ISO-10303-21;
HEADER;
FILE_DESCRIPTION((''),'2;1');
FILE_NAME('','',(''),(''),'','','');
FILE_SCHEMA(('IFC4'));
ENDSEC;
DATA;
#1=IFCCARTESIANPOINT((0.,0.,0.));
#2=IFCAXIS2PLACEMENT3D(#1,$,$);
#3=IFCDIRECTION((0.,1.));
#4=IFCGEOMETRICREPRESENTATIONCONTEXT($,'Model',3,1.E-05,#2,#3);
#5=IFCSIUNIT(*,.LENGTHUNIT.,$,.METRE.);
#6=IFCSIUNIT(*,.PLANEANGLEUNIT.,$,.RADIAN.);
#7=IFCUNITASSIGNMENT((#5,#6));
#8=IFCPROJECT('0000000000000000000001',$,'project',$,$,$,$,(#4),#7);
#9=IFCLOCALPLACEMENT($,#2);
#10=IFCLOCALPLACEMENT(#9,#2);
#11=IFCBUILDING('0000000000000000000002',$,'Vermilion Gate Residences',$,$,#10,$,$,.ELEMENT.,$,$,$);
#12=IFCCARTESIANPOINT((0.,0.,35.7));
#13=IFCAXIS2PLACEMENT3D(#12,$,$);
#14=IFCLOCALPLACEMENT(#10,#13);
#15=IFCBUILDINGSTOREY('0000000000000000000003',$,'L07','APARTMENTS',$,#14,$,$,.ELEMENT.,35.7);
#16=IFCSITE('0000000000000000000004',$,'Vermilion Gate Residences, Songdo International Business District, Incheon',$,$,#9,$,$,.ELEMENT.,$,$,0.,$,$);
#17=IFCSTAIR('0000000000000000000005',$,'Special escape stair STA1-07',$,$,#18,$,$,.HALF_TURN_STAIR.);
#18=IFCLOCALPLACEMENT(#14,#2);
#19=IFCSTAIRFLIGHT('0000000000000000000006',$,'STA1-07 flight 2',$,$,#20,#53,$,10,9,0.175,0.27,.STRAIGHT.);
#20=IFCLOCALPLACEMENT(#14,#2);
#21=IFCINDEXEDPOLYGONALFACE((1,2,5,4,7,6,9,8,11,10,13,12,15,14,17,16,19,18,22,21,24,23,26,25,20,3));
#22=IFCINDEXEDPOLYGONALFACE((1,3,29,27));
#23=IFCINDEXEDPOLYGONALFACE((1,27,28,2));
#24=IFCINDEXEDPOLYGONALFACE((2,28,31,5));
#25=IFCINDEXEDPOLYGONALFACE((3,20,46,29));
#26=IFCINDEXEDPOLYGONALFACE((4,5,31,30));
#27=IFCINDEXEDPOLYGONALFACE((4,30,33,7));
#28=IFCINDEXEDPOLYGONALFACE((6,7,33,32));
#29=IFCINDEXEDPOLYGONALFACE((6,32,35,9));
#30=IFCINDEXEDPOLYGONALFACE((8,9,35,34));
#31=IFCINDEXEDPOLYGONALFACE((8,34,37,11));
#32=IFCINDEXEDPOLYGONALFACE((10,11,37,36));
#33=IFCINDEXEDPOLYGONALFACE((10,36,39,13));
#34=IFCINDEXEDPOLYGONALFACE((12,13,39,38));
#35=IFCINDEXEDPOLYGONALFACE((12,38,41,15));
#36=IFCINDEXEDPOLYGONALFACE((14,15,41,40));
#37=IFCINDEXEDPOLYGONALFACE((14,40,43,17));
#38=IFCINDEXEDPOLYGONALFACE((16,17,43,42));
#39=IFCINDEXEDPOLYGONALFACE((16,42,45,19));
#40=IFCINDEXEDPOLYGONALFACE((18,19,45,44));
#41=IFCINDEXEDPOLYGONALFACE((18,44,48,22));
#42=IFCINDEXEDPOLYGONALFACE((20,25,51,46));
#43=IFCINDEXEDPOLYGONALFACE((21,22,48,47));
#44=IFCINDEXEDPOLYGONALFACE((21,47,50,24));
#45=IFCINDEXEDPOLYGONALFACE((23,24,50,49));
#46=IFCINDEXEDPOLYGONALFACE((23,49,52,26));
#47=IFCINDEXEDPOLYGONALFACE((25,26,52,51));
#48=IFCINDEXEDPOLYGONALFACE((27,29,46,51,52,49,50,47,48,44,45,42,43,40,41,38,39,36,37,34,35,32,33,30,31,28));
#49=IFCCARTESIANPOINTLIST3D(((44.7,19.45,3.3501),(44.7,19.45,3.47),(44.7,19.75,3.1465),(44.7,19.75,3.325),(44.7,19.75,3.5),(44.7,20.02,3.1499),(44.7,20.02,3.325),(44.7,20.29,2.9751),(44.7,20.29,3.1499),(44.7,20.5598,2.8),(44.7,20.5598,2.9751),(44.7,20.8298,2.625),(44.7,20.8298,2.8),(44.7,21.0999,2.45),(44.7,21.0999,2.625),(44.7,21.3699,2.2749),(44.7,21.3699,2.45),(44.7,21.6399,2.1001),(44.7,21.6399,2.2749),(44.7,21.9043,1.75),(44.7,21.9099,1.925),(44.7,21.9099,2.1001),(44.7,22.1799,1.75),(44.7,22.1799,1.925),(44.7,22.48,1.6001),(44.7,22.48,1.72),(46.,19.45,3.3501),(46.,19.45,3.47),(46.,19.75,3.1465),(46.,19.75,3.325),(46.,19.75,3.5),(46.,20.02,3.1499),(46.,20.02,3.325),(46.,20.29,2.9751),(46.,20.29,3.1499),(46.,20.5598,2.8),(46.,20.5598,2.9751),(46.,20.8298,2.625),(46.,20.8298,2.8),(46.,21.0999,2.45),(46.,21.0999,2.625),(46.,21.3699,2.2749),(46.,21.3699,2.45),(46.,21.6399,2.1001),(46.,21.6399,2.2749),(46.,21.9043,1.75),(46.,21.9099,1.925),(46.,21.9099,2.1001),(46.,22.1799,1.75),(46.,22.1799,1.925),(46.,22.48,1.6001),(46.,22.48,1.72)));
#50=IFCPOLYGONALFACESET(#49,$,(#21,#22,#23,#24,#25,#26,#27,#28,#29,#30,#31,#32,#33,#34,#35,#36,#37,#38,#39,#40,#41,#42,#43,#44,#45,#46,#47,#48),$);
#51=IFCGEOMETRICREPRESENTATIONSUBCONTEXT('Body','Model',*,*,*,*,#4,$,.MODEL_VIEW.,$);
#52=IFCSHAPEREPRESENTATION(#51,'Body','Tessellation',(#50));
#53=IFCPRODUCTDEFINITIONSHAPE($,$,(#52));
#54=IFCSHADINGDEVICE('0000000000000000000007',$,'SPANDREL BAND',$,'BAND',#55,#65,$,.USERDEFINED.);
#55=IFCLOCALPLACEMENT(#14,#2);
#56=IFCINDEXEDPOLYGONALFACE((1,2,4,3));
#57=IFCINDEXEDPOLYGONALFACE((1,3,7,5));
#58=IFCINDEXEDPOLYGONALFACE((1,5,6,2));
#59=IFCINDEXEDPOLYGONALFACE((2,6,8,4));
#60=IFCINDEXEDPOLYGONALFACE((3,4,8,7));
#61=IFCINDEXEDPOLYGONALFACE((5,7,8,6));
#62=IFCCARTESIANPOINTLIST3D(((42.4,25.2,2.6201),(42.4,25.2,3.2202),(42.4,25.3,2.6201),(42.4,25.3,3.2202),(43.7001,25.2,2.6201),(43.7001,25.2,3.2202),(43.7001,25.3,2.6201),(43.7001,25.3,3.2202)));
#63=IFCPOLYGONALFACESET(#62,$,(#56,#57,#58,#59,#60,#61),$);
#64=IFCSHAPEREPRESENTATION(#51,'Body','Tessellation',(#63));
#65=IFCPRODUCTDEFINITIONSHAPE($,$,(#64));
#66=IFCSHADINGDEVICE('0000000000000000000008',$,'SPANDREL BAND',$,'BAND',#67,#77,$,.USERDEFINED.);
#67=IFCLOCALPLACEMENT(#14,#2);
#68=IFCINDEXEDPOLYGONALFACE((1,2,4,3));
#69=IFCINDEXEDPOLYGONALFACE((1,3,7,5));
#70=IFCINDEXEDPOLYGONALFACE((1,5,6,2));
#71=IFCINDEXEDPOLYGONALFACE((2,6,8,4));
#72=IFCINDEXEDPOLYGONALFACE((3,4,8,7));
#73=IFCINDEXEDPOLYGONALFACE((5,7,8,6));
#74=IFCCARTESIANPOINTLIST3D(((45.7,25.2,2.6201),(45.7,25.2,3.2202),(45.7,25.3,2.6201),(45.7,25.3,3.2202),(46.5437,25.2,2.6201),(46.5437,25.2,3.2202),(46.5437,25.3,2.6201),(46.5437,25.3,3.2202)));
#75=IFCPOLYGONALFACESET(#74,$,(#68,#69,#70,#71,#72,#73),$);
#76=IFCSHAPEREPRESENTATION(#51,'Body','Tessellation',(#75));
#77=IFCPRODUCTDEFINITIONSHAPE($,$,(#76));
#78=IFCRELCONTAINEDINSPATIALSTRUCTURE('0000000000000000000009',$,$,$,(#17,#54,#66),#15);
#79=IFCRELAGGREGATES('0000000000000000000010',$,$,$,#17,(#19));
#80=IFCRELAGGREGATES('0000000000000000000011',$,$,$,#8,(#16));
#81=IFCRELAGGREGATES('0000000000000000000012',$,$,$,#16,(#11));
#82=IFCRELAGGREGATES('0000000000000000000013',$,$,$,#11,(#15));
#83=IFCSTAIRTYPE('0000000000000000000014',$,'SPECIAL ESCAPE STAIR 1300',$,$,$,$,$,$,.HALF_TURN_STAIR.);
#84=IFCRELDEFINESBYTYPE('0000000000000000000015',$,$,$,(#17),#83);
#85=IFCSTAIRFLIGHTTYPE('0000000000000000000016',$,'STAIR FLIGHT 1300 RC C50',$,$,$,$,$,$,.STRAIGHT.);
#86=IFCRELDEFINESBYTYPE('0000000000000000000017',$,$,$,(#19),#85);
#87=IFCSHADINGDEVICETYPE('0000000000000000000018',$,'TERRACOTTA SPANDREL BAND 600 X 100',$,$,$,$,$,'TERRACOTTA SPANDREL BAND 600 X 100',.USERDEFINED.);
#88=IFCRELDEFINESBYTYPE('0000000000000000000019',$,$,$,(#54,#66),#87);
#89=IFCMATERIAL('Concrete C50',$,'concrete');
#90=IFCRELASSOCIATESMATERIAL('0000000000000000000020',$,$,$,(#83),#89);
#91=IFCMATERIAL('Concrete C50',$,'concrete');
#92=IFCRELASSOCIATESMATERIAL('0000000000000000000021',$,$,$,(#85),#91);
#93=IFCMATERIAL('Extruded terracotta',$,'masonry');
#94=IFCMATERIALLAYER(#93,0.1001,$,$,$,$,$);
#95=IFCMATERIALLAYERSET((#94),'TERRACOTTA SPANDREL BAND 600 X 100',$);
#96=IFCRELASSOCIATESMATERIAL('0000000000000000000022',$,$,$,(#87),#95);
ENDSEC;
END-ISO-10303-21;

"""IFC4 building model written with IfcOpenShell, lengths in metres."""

from ifc_helpers import new_model, si_unit, direction, frame, origin, origin_2d, place, context, subcontext, project, spatial, polyline, rectangle, outline, extrude, material, layer, layer_set, type_object, element, aggregate, save


model = new_model("IFC4")

# Units and contexts
model_context = context("Model", 3, precision=1e-05, world=origin(), true_north=direction((0.0, 1.0)))
body_context = subcontext(model_context, "Body", "Model", "MODEL_VIEW")
ifc_project = project(units=[si_unit("LENGTHUNIT", "METRE"), si_unit("PLANEANGLEUNIT", "RADIAN")], contexts=[model_context])

# Site, building, storey
site_placement = place(None, origin())
site = spatial("IfcSite", under=ifc_project, at=site_placement, Name="Vermilion Gate Residences, Songdo International Business District, Incheon", CompositionType="ELEMENT", RefElevation=0.0)
building_placement = place(site_placement, origin())
building = spatial("IfcBuilding", under=site, at=building_placement, Name="Vermilion Gate Residences", CompositionType="ELEMENT")
storey_placement = place(building_placement, frame((0.0, 0.0, 35.7)))
storey = spatial("IfcBuildingStorey", under=building, at=storey_placement, Name="L07", Description="APARTMENTS", CompositionType="ELEMENT", Elevation=35.7)

# Stair, stair flight
ifc_material_1 = material(Name="Concrete C50", Category="concrete")
stair_type = type_object("IfcStairType", Name="SPECIAL ESCAPE STAIR 1300", PredefinedType="HALF_TURN_STAIR", material=ifc_material_1)
stair_placement = place(storey_placement, origin())
stair = element("IfcStair", 1, at=stair_placement, inside=storey, type_object=stair_type, Name="Special escape stair STA1-07", PredefinedType="HALF_TURN_STAIR")
ifc_material_2 = material(Name="Concrete C50", Category="concrete")
stair_flight_type = type_object("IfcStairFlightType", Name="STAIR FLIGHT 1300 RC C50", PredefinedType="STRAIGHT", material=ifc_material_2)
stair_flight_1_placement = place(storey_placement, frame((45.3501, 22.1799, 1.75), z_axis=(0.0, 0.0, 1.0), x_axis=(0.0, -1.0, 0.0)))
stair_flight_1 = element("IfcStairFlight", 2, at=stair_flight_1_placement, type_object=stair_flight_type, Name="STA1-07 flight 2", NumberOfRisers=10, NumberOfTreads=9, PredefinedType="STRAIGHT", RiserHeight=0.175, TreadLength=0.27, context=body_context, shape_type="SweptSolid", body=[
    extrude(outline(polyline([(-0.3, -0.1499), (-0.3, -0.03), (0.0, 0.0), (0.0, 0.175), (0.27, 0.175), (0.27, 0.3501), (0.54, 0.3501), (0.54, 0.5249), (0.8101, 0.5249), (0.8101, 0.7), (1.0801, 0.7), (1.0801, 0.875), (1.3501, 0.875), (1.3501, 1.05), (1.6201, 1.05), (1.6201, 1.2251), (1.8899, 1.2251), (1.8899, 1.3999), (2.1599, 1.3999), (2.1599, 1.575), (2.4299, 1.575), (2.4299, 1.75), (2.73, 1.72), (2.73, 1.6001), (2.4299, 1.3965), (0.2756, 0.0), (-0.3, -0.1499)])), frame((0.0, 0.6499, 0.0), z_axis=(0.0, -1.0, 0.0), x_axis=(1.0, 0.0, 0.0)), (0.0, 0.0, 1.0), 1.3),
])
aggregate(stair, [stair_flight_1])

# Shading devices
ifc_material_3 = material(Name="Extruded terracotta", Category="masonry")
ifc_layer_1 = layer(ifc_material_3, 0.1001)
ifc_layer_set_1 = layer_set([ifc_layer_1], Name="TERRACOTTA SPANDREL BAND 600 X 100")
shading_device_type = type_object("IfcShadingDeviceType", Name="TERRACOTTA SPANDREL BAND 600 X 100", ElementType="TERRACOTTA SPANDREL BAND 600 X 100", PredefinedType="USERDEFINED", material=ifc_layer_set_1)
shading_device_1_placement = place(storey_placement, frame((43.05, 25.25, 2.6201), z_axis=(0.0, 0.0, 1.0), x_axis=(1.0, 0.0, 0.0)))
element("IfcShadingDevice", 3, at=shading_device_1_placement, inside=storey, type_object=shading_device_type, Name="SPANDREL BAND", ObjectType="BAND", PredefinedType="USERDEFINED", context=body_context, shape_type="SweptSolid", body=[
    extrude(rectangle(XDim=1.3, YDim=0.1001, at=origin_2d()), origin(), (0.0, 0.0, 1.0), 0.6001),
])
shading_device_2_placement = place(storey_placement, frame((46.1218, 25.25, 2.6201), z_axis=(0.0, 0.0, 1.0), x_axis=(1.0, 0.0, 0.0)))
element("IfcShadingDevice", 4, at=shading_device_2_placement, inside=storey, type_object=shading_device_type, Name="SPANDREL BAND", ObjectType="BAND", PredefinedType="USERDEFINED", context=body_context, shape_type="SweptSolid", body=[
    extrude(rectangle(XDim=0.8438, YDim=0.1001, at=origin_2d()), origin(), (0.0, 0.0, 1.0), 0.6001),
])

save(model, "model.ifc")
